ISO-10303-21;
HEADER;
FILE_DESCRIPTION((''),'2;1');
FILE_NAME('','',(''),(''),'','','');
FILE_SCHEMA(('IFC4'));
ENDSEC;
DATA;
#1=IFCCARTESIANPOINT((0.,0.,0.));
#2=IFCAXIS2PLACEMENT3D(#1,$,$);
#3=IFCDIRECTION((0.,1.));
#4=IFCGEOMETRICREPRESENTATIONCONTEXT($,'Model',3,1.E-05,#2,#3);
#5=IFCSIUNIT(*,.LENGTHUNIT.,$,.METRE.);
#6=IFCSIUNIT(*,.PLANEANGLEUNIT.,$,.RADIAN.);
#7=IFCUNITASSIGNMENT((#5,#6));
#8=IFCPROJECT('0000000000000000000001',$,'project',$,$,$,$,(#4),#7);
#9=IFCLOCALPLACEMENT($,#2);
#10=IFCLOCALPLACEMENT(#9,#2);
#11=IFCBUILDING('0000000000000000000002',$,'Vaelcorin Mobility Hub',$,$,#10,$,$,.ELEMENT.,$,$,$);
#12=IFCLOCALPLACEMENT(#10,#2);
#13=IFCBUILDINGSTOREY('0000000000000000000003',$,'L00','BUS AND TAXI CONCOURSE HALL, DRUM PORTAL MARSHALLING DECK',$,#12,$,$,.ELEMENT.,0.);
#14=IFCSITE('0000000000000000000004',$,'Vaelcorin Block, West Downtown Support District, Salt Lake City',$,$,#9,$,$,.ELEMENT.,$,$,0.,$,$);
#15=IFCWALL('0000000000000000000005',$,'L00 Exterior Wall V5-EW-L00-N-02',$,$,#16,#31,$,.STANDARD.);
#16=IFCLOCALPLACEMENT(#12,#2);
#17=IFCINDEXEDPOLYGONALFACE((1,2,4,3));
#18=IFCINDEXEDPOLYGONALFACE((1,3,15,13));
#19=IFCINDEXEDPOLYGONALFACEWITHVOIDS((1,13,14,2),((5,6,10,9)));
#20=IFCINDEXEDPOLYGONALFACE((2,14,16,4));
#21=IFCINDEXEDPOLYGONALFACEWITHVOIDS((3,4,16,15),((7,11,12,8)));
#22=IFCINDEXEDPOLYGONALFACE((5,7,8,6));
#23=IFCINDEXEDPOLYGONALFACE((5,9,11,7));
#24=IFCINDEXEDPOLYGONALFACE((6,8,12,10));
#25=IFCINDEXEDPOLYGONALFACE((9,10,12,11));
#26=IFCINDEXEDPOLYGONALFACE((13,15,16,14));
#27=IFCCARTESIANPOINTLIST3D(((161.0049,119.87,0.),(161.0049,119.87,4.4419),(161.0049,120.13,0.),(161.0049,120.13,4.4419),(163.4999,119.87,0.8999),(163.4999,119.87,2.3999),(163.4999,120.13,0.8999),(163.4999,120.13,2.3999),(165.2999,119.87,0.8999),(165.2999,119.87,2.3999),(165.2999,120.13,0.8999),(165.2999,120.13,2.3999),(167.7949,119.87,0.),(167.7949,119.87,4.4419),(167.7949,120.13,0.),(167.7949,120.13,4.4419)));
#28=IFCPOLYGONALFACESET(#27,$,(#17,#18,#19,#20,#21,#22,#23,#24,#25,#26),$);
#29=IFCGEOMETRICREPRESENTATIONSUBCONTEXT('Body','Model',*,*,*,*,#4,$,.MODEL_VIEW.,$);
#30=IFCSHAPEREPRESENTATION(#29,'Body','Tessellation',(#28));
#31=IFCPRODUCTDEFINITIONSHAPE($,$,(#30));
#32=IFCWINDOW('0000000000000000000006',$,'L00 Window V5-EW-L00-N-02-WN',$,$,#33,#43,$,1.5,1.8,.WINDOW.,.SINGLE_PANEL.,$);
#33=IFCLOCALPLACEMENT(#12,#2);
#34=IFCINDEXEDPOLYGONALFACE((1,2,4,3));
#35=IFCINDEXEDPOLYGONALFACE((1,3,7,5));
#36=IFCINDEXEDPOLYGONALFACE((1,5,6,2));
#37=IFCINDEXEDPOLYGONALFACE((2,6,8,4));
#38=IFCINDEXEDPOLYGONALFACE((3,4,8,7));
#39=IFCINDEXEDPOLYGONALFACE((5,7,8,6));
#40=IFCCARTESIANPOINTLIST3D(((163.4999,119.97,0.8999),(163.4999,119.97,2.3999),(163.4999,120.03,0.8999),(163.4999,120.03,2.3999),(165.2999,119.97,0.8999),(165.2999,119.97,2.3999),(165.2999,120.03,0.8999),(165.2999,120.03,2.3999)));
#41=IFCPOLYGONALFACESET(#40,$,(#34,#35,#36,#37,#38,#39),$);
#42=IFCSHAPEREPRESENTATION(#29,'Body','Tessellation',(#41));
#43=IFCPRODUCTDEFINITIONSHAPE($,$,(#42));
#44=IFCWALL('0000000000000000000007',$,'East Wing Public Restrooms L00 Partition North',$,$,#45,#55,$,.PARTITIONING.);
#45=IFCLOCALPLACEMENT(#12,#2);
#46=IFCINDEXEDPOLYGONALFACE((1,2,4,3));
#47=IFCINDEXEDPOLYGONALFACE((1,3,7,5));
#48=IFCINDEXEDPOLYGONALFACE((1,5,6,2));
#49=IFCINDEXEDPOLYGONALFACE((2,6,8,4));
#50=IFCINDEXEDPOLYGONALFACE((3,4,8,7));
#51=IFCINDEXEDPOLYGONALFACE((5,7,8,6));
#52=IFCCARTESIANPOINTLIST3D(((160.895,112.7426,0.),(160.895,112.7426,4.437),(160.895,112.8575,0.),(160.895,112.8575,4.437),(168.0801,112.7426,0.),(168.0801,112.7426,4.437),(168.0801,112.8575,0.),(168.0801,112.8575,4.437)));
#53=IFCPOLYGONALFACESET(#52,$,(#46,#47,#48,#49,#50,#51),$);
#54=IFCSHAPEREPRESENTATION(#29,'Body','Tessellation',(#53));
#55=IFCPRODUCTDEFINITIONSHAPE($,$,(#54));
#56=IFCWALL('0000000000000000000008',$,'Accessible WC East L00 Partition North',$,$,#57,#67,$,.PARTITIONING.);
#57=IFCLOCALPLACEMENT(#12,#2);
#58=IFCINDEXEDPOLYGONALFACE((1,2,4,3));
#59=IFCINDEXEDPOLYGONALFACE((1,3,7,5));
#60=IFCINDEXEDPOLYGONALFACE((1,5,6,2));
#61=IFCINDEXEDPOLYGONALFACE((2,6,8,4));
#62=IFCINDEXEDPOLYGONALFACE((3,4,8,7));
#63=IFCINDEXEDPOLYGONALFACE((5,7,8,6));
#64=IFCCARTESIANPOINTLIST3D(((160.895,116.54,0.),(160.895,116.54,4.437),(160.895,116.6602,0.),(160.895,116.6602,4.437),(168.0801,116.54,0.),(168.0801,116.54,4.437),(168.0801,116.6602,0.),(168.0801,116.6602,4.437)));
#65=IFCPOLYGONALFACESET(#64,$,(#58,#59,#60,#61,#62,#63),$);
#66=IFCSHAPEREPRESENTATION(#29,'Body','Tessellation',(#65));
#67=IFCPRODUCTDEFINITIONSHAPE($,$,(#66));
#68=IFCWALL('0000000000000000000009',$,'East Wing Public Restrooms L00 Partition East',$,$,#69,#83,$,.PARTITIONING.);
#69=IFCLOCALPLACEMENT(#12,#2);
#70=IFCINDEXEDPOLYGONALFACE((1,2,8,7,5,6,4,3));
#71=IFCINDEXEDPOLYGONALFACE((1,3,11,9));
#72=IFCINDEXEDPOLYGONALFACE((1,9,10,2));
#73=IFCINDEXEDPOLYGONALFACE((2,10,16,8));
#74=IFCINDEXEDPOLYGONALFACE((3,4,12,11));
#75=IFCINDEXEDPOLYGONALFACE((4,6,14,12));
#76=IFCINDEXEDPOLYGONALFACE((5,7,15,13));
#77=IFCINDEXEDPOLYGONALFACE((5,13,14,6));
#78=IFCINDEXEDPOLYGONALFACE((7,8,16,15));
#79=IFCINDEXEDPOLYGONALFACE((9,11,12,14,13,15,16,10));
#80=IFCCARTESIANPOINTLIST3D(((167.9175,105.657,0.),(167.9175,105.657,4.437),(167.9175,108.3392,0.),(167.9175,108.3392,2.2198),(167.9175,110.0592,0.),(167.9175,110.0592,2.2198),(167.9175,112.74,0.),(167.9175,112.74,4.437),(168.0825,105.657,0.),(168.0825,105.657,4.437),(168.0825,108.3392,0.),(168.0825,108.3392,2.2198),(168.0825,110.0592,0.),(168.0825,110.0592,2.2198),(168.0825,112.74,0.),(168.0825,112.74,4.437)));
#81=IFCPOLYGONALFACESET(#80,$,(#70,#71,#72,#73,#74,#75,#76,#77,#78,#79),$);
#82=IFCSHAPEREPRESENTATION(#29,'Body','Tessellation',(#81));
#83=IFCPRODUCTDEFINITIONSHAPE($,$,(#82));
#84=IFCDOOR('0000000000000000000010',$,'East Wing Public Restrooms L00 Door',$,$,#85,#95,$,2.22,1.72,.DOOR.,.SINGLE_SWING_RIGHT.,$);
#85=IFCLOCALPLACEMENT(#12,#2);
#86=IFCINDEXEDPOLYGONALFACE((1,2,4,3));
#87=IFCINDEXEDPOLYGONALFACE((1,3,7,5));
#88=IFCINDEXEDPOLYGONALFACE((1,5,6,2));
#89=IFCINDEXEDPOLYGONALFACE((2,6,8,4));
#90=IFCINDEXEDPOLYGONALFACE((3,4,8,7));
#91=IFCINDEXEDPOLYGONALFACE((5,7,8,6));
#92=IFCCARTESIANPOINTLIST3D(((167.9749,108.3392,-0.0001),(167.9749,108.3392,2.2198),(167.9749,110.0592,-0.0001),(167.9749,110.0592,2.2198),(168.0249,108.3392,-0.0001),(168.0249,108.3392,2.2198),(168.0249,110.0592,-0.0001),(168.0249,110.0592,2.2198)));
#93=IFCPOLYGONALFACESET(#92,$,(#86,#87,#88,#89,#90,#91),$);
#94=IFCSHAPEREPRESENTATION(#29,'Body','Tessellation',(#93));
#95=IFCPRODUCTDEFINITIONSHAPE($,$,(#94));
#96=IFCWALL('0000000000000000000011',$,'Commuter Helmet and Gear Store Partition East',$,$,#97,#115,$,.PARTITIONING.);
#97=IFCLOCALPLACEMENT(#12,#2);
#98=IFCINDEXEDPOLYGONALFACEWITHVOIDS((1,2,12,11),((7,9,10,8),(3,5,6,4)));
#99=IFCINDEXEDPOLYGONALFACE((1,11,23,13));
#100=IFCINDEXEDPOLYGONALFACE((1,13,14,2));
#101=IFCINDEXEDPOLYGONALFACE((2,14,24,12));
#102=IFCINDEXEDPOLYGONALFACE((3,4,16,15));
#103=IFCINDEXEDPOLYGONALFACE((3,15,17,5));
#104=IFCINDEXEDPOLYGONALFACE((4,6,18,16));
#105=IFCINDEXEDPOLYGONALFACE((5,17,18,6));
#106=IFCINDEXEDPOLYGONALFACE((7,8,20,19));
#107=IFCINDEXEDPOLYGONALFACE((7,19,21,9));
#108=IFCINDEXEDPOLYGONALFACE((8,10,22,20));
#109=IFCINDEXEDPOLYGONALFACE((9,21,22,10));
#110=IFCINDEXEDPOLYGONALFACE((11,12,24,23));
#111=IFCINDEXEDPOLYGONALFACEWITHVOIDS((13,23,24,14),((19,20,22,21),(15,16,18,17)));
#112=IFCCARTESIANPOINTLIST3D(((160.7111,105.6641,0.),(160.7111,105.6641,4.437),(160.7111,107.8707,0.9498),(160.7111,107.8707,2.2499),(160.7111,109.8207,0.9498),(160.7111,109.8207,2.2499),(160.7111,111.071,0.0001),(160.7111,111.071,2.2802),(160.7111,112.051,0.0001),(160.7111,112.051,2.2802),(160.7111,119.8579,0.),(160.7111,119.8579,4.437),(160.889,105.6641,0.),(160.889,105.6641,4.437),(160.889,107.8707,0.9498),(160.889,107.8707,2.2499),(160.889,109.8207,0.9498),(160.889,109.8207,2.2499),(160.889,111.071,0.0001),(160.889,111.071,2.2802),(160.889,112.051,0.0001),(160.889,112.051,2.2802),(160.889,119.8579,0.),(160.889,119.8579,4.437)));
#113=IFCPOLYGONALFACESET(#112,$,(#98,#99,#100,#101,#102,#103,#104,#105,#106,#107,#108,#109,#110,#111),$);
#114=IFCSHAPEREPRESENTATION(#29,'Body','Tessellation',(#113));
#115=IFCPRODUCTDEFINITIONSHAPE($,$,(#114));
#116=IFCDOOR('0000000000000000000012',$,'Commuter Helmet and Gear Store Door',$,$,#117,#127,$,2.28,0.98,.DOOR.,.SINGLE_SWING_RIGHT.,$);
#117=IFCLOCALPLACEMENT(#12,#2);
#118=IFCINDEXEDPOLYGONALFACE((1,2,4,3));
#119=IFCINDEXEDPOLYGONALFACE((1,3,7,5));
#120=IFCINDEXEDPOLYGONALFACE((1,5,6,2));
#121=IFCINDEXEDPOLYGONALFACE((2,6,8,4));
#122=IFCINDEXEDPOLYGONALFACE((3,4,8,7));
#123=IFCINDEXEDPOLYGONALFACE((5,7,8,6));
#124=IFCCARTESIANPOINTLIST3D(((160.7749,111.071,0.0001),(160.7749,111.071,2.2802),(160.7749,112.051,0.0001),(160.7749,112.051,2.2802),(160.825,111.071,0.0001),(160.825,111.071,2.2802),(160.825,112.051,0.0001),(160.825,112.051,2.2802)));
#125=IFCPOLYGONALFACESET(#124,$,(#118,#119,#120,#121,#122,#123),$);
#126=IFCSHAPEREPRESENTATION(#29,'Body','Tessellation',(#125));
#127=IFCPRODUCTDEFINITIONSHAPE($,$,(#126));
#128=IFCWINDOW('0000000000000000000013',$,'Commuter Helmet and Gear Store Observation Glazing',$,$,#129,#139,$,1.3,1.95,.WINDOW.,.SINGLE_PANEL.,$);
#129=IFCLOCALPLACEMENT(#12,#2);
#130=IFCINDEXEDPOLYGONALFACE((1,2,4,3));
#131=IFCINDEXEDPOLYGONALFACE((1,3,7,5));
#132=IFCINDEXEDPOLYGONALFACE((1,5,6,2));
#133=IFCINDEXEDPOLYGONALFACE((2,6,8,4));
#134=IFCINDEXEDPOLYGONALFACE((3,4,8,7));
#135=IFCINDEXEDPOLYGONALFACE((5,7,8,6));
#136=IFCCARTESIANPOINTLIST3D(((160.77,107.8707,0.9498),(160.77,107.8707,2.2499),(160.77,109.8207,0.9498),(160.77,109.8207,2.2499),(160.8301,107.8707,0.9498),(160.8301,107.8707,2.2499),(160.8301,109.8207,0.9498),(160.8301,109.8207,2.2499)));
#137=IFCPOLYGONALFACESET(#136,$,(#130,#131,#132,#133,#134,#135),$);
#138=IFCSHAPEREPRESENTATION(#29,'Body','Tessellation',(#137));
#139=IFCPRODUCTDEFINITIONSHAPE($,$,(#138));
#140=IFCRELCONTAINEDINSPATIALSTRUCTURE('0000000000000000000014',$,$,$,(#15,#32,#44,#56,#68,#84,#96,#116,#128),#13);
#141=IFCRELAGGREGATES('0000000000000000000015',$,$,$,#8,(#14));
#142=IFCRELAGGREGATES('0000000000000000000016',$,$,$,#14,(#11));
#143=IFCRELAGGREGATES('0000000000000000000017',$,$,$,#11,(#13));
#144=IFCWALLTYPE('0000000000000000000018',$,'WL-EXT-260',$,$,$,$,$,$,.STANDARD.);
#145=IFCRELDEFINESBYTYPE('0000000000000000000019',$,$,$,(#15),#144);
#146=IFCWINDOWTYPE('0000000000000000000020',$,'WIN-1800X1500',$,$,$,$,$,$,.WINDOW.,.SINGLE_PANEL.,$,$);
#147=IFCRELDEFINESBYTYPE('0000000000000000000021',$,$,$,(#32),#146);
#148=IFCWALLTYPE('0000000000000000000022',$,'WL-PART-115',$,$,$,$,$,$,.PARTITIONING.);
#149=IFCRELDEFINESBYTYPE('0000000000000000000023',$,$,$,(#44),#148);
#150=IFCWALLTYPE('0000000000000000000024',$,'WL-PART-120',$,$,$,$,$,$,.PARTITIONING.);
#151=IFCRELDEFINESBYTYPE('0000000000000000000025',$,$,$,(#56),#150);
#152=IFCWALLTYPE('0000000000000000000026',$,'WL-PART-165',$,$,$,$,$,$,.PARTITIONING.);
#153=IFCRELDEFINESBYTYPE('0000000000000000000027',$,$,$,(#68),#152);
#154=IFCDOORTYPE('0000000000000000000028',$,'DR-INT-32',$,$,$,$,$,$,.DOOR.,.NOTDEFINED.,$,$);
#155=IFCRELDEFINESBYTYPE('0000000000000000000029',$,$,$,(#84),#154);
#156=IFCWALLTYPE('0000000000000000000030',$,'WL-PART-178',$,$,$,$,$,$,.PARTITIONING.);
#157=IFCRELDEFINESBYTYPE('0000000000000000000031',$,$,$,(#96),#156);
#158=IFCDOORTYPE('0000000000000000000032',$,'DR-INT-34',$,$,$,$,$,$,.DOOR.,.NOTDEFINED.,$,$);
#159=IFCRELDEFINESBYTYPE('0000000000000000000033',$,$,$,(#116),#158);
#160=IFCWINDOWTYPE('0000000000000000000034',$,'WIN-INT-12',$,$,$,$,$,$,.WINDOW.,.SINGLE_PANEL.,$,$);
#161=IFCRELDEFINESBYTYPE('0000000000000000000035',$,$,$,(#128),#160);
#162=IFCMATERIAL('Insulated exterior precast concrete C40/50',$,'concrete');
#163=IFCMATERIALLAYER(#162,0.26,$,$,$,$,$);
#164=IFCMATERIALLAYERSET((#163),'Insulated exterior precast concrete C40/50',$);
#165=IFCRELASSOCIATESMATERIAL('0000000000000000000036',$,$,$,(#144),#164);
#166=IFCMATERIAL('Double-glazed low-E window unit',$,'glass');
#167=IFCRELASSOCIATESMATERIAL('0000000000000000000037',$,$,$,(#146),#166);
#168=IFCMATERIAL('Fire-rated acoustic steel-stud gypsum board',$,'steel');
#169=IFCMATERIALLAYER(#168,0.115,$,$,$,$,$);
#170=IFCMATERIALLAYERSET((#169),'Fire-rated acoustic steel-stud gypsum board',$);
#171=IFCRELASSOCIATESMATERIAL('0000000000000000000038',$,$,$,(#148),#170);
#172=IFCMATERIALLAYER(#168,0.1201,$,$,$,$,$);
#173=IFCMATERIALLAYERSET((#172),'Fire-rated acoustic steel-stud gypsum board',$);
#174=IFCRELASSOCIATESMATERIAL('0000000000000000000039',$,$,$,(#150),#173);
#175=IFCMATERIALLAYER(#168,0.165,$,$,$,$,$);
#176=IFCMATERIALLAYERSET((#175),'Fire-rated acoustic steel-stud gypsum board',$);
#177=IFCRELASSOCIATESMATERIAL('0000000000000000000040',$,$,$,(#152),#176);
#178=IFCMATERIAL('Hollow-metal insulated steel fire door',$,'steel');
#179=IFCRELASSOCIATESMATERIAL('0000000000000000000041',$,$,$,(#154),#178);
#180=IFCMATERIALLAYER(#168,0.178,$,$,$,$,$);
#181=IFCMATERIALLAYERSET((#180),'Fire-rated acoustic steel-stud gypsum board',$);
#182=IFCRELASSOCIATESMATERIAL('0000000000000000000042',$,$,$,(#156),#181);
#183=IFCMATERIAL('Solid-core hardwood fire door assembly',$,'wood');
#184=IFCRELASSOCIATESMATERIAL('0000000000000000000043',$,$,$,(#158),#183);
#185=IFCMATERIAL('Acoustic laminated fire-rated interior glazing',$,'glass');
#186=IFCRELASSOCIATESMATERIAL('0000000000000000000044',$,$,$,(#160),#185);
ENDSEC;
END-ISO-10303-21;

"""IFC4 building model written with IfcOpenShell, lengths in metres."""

from ifc_helpers import new_model, si_unit, direction, frame, frame_2d, origin, place, context, subcontext, project, spatial, rectangle, extrude, material, layer, layer_set, type_object, element, fill, save


model = new_model("IFC4")

# Units and contexts
model_context = context("Model", 3, precision=1e-05, world=origin(), true_north=direction((0.0, 1.0)))
body_context = subcontext(model_context, "Body", "Model", "MODEL_VIEW")
ifc_project = project(units=[si_unit("LENGTHUNIT", "METRE"), si_unit("PLANEANGLEUNIT", "RADIAN")], contexts=[model_context])

# Site, building, storey
site_placement = place(None, origin())
site = spatial("IfcSite", under=ifc_project, at=site_placement, Name="Vaelcorin Block, West Downtown Support District, Salt Lake City", CompositionType="ELEMENT", RefElevation=0.0)
building_placement = place(site_placement, origin())
building = spatial("IfcBuilding", under=site, at=building_placement, Name="Vaelcorin Mobility Hub", CompositionType="ELEMENT")
storey_placement = place(building_placement, origin())
storey = spatial("IfcBuildingStorey", under=building, at=storey_placement, Name="L00", Description="BUS AND TAXI CONCOURSE HALL, DRUM PORTAL MARSHALLING DECK", CompositionType="ELEMENT", Elevation=0.0)

# Wall, opening, window
ifc_material_1 = material(Name="Insulated exterior precast concrete C40/50", Category="concrete")
ifc_layer_1 = layer(ifc_material_1, 0.26)
ifc_layer_set_1 = layer_set([ifc_layer_1], Name="Insulated exterior precast concrete C40/50")
wall_type_1 = type_object("IfcWallType", Name="WL-EXT-260", PredefinedType="STANDARD", material=ifc_layer_set_1)
ifc_material_2 = material(Name="Double-glazed low-E window unit", Category="glass")
window_type_1 = type_object("IfcWindowType", Name="WIN-1800X1500", PartitioningType="SINGLE_PANEL", PredefinedType="WINDOW", material=ifc_material_2)
wall_1_placement = place(storey_placement, frame((161.0049, 120.0, 0.0), z_axis=(0.0, 0.0, 1.0), x_axis=(1.0, 0.0, 0.0)))
wall_1 = element("IfcWall", 1, at=wall_1_placement, inside=storey, type_object=wall_type_1, Name="L00 Exterior Wall V5-EW-L00-N-02", PredefinedType="STANDARD", context=body_context, shape_type="SweptSolid", body=[
    extrude(rectangle(XDim=6.79, YDim=0.26, at=frame_2d((3.395, 0.0))), origin(), (0.0, 0.0, 1.0), 4.4419),
])
opening_1_placement = place(wall_1_placement, frame((2.4951, 0.0, 0.8999)))
opening_1 = element("IfcOpeningElement", 2, at=opening_1_placement, cuts=wall_1, PredefinedType="OPENING", context=body_context, shape_type="SweptSolid", body=[
    extrude(rectangle(XDim=1.8, YDim=1.5, at=frame_2d((0.8999, 0.75))), frame((0.0, 0.1399, 0.0), z_axis=(0.0, -1.0, 0.0), x_axis=(1.0, 0.0, 0.0)), (0.0, 0.0, 1.0), 0.28),
])
window_1_placement = place(opening_1_placement, origin())
window_1 = element("IfcWindow", 3, at=window_1_placement, inside=storey, type_object=window_type_1, Name="L00 Window V5-EW-L00-N-02-WN", OverallHeight=1.5, OverallWidth=1.8, PartitioningType="SINGLE_PANEL", PredefinedType="WINDOW", context=body_context, shape_type="SweptSolid", body=[
    extrude(rectangle(XDim=1.8, YDim=1.5, at=frame_2d((0.8999, 0.75))), frame((0.0, 0.03, 0.0), z_axis=(0.0, -1.0, 0.0), x_axis=(1.0, 0.0, 0.0)), (0.0, 0.0, 1.0), 0.0601),
])
fill(opening_1, window_1)

# Walls
ifc_material_3 = material(Name="Fire-rated acoustic steel-stud gypsum board", Category="steel")
ifc_layer_2 = layer(ifc_material_3, 0.115)
ifc_layer_set_2 = layer_set([ifc_layer_2], Name="Fire-rated acoustic steel-stud gypsum board")
wall_type_2 = type_object("IfcWallType", Name="WL-PART-115", PredefinedType="PARTITIONING", material=ifc_layer_set_2)
wall_2_placement = place(storey_placement, frame((160.895, 112.8, 0.0), z_axis=(0.0, 0.0, 1.0), x_axis=(1.0, 0.0, 0.0)))
element("IfcWall", 4, at=wall_2_placement, inside=storey, type_object=wall_type_2, Name="East Wing Public Restrooms L00 Partition North", PredefinedType="PARTITIONING", context=body_context, shape_type="SweptSolid", body=[
    extrude(rectangle(XDim=7.1851, YDim=0.115, at=frame_2d((3.5925, 0.0))), origin(), (0.0, 0.0, 1.0), 4.437),
])
ifc_layer_3 = layer(ifc_material_3, 0.1201)
ifc_layer_set_3 = layer_set([ifc_layer_3], Name="Fire-rated acoustic steel-stud gypsum board")
wall_type_3 = type_object("IfcWallType", Name="WL-PART-120", PredefinedType="PARTITIONING", material=ifc_layer_set_3)
wall_3_placement = place(storey_placement, frame((160.895, 116.6001, 0.0), z_axis=(0.0, 0.0, 1.0), x_axis=(1.0, 0.0, 0.0)))
element("IfcWall", 5, at=wall_3_placement, inside=storey, type_object=wall_type_3, Name="Accessible WC East L00 Partition North", PredefinedType="PARTITIONING", context=body_context, shape_type="SweptSolid", body=[
    extrude(rectangle(XDim=7.1851, YDim=0.1201, at=frame_2d((3.5925, 0.0))), origin(), (0.0, 0.0, 1.0), 4.437),
])

# Wall, opening, door
ifc_layer_4 = layer(ifc_material_3, 0.165)
ifc_layer_set_4 = layer_set([ifc_layer_4], Name="Fire-rated acoustic steel-stud gypsum board")
wall_type_4 = type_object("IfcWallType", Name="WL-PART-165", PredefinedType="PARTITIONING", material=ifc_layer_set_4)
wall_4_placement = place(storey_placement, frame((168.0, 112.74, 0.0), z_axis=(0.0, 0.0, 1.0), x_axis=(0.0, -1.0, 0.0)))
wall_4 = element("IfcWall", 6, at=wall_4_placement, inside=storey, type_object=wall_type_4, Name="East Wing Public Restrooms L00 Partition East", PredefinedType="PARTITIONING", context=body_context, shape_type="SweptSolid", body=[
    extrude(rectangle(XDim=7.083, YDim=0.165, at=frame_2d((3.5415, 0.0))), origin(), (0.0, 0.0, 1.0), 4.437),
])
opening_2_placement = place(wall_4_placement, frame((2.6809, 0.0, 0.0)))
opening_2 = element("IfcOpeningElement", 7, at=opening_2_placement, cuts=wall_4, PredefinedType="OPENING", context=body_context, shape_type="SweptSolid", body=[
    extrude(rectangle(XDim=1.72, YDim=2.22, at=frame_2d((0.8599, 1.1099))), frame((0.0, 0.0925, 0.0), z_axis=(0.0, -1.0, 0.0), x_axis=(1.0, 0.0, 0.0)), (0.0, 0.0, 1.0), 0.1851),
])
ifc_material_4 = material(Name="Hollow-metal insulated steel fire door", Category="steel")
door_type_1 = type_object("IfcDoorType", Name="DR-INT-32", OperationType="NOTDEFINED", PredefinedType="DOOR", material=ifc_material_4)
door_1_placement = place(opening_2_placement, origin())
door_1 = element("IfcDoor", 8, at=door_1_placement, inside=storey, type_object=door_type_1, Name="East Wing Public Restrooms L00 Door", OperationType="SINGLE_SWING_RIGHT", OverallHeight=2.22, OverallWidth=1.72, PredefinedType="DOOR", context=body_context, shape_type="SweptSolid", body=[
    extrude(rectangle(XDim=1.72, YDim=2.22, at=frame_2d((0.8599, 1.1099))), frame((0.0, 0.0249, 0.0), z_axis=(0.0, -1.0, 0.0), x_axis=(1.0, 0.0, 0.0)), (0.0, 0.0, 1.0), 0.05),
])
fill(opening_2, door_1)

# Wall, openings, door, window
ifc_layer_5 = layer(ifc_material_3, 0.178)
ifc_layer_set_5 = layer_set([ifc_layer_5], Name="Fire-rated acoustic steel-stud gypsum board")
wall_type_5 = type_object("IfcWallType", Name="WL-PART-178", PredefinedType="PARTITIONING", material=ifc_layer_set_5)
wall_5_placement = place(storey_placement, frame((160.8, 119.8579, 0.0), z_axis=(0.0, 0.0, 1.0), x_axis=(0.0, -1.0, 0.0)))
wall_5 = element("IfcWall", 9, at=wall_5_placement, inside=storey, type_object=wall_type_5, Name="Commuter Helmet and Gear Store Partition East", PredefinedType="PARTITIONING", context=body_context, shape_type="SweptSolid", body=[
    extrude(rectangle(XDim=14.1938, YDim=0.178, at=frame_2d((7.0969, 0.0))), origin(), (0.0, 0.0, 1.0), 4.437),
])
opening_3_placement = place(wall_5_placement, frame((7.8069, 0.0, 0.0)))
opening_3 = element("IfcOpeningElement", 10, at=opening_3_placement, cuts=wall_5, PredefinedType="OPENING", context=body_context, shape_type="SweptSolid", body=[
    extrude(rectangle(XDim=0.98, YDim=2.28, at=frame_2d((0.49, 1.1401))), frame((0.0, 0.0989, 0.0), z_axis=(0.0, -1.0, 0.0), x_axis=(1.0, 0.0, 0.0)), (0.0, 0.0, 1.0), 0.198),
])
opening_4_placement = place(wall_5_placement, frame((10.0371, 0.0, 0.95)))
opening_4 = element("IfcOpeningElement", 11, at=opening_4_placement, cuts=wall_5, PredefinedType="OPENING", context=body_context, shape_type="SweptSolid", body=[
    extrude(rectangle(XDim=1.95, YDim=1.3, at=frame_2d((0.9751, 0.6499))), frame((0.0, 0.0989, 0.0), z_axis=(0.0, -1.0, 0.0), x_axis=(1.0, 0.0, 0.0)), (0.0, 0.0, 1.0), 0.198),
])
ifc_material_5 = material(Name="Solid-core hardwood fire door assembly", Category="wood")
door_type_2 = type_object("IfcDoorType", Name="DR-INT-34", OperationType="NOTDEFINED", PredefinedType="DOOR", material=ifc_material_5)
door_2_placement = place(opening_3_placement, origin())
door_2 = element("IfcDoor", 12, at=door_2_placement, inside=storey, type_object=door_type_2, Name="Commuter Helmet and Gear Store Door", OperationType="SINGLE_SWING_RIGHT", OverallHeight=2.28, OverallWidth=0.98, PredefinedType="DOOR", context=body_context, shape_type="SweptSolid", body=[
    extrude(rectangle(XDim=0.98, YDim=2.28, at=frame_2d((0.49, 1.1401))), frame((0.0, 0.0249, 0.0), z_axis=(0.0, -1.0, 0.0), x_axis=(1.0, 0.0, 0.0)), (0.0, 0.0, 1.0), 0.05),
])
fill(opening_3, door_2)
ifc_material_6 = material(Name="Acoustic laminated fire-rated interior glazing", Category="glass")
window_type_2 = type_object("IfcWindowType", Name="WIN-INT-12", PartitioningType="SINGLE_PANEL", PredefinedType="WINDOW", material=ifc_material_6)
window_2_placement = place(opening_4_placement, origin())
window_2 = element("IfcWindow", 13, at=window_2_placement, inside=storey, type_object=window_type_2, Name="Commuter Helmet and Gear Store Observation Glazing", OverallHeight=1.3, OverallWidth=1.95, PartitioningType="SINGLE_PANEL", PredefinedType="WINDOW", context=body_context, shape_type="SweptSolid", body=[
    extrude(rectangle(XDim=1.95, YDim=1.3, at=frame_2d((0.9751, 0.6499))), frame((0.0, 0.03, 0.0), z_axis=(0.0, -1.0, 0.0), x_axis=(1.0, 0.0, 0.0)), (0.0, 0.0, 1.0), 0.0601),
])
fill(opening_4, window_2)

save(model, "model.ifc")
